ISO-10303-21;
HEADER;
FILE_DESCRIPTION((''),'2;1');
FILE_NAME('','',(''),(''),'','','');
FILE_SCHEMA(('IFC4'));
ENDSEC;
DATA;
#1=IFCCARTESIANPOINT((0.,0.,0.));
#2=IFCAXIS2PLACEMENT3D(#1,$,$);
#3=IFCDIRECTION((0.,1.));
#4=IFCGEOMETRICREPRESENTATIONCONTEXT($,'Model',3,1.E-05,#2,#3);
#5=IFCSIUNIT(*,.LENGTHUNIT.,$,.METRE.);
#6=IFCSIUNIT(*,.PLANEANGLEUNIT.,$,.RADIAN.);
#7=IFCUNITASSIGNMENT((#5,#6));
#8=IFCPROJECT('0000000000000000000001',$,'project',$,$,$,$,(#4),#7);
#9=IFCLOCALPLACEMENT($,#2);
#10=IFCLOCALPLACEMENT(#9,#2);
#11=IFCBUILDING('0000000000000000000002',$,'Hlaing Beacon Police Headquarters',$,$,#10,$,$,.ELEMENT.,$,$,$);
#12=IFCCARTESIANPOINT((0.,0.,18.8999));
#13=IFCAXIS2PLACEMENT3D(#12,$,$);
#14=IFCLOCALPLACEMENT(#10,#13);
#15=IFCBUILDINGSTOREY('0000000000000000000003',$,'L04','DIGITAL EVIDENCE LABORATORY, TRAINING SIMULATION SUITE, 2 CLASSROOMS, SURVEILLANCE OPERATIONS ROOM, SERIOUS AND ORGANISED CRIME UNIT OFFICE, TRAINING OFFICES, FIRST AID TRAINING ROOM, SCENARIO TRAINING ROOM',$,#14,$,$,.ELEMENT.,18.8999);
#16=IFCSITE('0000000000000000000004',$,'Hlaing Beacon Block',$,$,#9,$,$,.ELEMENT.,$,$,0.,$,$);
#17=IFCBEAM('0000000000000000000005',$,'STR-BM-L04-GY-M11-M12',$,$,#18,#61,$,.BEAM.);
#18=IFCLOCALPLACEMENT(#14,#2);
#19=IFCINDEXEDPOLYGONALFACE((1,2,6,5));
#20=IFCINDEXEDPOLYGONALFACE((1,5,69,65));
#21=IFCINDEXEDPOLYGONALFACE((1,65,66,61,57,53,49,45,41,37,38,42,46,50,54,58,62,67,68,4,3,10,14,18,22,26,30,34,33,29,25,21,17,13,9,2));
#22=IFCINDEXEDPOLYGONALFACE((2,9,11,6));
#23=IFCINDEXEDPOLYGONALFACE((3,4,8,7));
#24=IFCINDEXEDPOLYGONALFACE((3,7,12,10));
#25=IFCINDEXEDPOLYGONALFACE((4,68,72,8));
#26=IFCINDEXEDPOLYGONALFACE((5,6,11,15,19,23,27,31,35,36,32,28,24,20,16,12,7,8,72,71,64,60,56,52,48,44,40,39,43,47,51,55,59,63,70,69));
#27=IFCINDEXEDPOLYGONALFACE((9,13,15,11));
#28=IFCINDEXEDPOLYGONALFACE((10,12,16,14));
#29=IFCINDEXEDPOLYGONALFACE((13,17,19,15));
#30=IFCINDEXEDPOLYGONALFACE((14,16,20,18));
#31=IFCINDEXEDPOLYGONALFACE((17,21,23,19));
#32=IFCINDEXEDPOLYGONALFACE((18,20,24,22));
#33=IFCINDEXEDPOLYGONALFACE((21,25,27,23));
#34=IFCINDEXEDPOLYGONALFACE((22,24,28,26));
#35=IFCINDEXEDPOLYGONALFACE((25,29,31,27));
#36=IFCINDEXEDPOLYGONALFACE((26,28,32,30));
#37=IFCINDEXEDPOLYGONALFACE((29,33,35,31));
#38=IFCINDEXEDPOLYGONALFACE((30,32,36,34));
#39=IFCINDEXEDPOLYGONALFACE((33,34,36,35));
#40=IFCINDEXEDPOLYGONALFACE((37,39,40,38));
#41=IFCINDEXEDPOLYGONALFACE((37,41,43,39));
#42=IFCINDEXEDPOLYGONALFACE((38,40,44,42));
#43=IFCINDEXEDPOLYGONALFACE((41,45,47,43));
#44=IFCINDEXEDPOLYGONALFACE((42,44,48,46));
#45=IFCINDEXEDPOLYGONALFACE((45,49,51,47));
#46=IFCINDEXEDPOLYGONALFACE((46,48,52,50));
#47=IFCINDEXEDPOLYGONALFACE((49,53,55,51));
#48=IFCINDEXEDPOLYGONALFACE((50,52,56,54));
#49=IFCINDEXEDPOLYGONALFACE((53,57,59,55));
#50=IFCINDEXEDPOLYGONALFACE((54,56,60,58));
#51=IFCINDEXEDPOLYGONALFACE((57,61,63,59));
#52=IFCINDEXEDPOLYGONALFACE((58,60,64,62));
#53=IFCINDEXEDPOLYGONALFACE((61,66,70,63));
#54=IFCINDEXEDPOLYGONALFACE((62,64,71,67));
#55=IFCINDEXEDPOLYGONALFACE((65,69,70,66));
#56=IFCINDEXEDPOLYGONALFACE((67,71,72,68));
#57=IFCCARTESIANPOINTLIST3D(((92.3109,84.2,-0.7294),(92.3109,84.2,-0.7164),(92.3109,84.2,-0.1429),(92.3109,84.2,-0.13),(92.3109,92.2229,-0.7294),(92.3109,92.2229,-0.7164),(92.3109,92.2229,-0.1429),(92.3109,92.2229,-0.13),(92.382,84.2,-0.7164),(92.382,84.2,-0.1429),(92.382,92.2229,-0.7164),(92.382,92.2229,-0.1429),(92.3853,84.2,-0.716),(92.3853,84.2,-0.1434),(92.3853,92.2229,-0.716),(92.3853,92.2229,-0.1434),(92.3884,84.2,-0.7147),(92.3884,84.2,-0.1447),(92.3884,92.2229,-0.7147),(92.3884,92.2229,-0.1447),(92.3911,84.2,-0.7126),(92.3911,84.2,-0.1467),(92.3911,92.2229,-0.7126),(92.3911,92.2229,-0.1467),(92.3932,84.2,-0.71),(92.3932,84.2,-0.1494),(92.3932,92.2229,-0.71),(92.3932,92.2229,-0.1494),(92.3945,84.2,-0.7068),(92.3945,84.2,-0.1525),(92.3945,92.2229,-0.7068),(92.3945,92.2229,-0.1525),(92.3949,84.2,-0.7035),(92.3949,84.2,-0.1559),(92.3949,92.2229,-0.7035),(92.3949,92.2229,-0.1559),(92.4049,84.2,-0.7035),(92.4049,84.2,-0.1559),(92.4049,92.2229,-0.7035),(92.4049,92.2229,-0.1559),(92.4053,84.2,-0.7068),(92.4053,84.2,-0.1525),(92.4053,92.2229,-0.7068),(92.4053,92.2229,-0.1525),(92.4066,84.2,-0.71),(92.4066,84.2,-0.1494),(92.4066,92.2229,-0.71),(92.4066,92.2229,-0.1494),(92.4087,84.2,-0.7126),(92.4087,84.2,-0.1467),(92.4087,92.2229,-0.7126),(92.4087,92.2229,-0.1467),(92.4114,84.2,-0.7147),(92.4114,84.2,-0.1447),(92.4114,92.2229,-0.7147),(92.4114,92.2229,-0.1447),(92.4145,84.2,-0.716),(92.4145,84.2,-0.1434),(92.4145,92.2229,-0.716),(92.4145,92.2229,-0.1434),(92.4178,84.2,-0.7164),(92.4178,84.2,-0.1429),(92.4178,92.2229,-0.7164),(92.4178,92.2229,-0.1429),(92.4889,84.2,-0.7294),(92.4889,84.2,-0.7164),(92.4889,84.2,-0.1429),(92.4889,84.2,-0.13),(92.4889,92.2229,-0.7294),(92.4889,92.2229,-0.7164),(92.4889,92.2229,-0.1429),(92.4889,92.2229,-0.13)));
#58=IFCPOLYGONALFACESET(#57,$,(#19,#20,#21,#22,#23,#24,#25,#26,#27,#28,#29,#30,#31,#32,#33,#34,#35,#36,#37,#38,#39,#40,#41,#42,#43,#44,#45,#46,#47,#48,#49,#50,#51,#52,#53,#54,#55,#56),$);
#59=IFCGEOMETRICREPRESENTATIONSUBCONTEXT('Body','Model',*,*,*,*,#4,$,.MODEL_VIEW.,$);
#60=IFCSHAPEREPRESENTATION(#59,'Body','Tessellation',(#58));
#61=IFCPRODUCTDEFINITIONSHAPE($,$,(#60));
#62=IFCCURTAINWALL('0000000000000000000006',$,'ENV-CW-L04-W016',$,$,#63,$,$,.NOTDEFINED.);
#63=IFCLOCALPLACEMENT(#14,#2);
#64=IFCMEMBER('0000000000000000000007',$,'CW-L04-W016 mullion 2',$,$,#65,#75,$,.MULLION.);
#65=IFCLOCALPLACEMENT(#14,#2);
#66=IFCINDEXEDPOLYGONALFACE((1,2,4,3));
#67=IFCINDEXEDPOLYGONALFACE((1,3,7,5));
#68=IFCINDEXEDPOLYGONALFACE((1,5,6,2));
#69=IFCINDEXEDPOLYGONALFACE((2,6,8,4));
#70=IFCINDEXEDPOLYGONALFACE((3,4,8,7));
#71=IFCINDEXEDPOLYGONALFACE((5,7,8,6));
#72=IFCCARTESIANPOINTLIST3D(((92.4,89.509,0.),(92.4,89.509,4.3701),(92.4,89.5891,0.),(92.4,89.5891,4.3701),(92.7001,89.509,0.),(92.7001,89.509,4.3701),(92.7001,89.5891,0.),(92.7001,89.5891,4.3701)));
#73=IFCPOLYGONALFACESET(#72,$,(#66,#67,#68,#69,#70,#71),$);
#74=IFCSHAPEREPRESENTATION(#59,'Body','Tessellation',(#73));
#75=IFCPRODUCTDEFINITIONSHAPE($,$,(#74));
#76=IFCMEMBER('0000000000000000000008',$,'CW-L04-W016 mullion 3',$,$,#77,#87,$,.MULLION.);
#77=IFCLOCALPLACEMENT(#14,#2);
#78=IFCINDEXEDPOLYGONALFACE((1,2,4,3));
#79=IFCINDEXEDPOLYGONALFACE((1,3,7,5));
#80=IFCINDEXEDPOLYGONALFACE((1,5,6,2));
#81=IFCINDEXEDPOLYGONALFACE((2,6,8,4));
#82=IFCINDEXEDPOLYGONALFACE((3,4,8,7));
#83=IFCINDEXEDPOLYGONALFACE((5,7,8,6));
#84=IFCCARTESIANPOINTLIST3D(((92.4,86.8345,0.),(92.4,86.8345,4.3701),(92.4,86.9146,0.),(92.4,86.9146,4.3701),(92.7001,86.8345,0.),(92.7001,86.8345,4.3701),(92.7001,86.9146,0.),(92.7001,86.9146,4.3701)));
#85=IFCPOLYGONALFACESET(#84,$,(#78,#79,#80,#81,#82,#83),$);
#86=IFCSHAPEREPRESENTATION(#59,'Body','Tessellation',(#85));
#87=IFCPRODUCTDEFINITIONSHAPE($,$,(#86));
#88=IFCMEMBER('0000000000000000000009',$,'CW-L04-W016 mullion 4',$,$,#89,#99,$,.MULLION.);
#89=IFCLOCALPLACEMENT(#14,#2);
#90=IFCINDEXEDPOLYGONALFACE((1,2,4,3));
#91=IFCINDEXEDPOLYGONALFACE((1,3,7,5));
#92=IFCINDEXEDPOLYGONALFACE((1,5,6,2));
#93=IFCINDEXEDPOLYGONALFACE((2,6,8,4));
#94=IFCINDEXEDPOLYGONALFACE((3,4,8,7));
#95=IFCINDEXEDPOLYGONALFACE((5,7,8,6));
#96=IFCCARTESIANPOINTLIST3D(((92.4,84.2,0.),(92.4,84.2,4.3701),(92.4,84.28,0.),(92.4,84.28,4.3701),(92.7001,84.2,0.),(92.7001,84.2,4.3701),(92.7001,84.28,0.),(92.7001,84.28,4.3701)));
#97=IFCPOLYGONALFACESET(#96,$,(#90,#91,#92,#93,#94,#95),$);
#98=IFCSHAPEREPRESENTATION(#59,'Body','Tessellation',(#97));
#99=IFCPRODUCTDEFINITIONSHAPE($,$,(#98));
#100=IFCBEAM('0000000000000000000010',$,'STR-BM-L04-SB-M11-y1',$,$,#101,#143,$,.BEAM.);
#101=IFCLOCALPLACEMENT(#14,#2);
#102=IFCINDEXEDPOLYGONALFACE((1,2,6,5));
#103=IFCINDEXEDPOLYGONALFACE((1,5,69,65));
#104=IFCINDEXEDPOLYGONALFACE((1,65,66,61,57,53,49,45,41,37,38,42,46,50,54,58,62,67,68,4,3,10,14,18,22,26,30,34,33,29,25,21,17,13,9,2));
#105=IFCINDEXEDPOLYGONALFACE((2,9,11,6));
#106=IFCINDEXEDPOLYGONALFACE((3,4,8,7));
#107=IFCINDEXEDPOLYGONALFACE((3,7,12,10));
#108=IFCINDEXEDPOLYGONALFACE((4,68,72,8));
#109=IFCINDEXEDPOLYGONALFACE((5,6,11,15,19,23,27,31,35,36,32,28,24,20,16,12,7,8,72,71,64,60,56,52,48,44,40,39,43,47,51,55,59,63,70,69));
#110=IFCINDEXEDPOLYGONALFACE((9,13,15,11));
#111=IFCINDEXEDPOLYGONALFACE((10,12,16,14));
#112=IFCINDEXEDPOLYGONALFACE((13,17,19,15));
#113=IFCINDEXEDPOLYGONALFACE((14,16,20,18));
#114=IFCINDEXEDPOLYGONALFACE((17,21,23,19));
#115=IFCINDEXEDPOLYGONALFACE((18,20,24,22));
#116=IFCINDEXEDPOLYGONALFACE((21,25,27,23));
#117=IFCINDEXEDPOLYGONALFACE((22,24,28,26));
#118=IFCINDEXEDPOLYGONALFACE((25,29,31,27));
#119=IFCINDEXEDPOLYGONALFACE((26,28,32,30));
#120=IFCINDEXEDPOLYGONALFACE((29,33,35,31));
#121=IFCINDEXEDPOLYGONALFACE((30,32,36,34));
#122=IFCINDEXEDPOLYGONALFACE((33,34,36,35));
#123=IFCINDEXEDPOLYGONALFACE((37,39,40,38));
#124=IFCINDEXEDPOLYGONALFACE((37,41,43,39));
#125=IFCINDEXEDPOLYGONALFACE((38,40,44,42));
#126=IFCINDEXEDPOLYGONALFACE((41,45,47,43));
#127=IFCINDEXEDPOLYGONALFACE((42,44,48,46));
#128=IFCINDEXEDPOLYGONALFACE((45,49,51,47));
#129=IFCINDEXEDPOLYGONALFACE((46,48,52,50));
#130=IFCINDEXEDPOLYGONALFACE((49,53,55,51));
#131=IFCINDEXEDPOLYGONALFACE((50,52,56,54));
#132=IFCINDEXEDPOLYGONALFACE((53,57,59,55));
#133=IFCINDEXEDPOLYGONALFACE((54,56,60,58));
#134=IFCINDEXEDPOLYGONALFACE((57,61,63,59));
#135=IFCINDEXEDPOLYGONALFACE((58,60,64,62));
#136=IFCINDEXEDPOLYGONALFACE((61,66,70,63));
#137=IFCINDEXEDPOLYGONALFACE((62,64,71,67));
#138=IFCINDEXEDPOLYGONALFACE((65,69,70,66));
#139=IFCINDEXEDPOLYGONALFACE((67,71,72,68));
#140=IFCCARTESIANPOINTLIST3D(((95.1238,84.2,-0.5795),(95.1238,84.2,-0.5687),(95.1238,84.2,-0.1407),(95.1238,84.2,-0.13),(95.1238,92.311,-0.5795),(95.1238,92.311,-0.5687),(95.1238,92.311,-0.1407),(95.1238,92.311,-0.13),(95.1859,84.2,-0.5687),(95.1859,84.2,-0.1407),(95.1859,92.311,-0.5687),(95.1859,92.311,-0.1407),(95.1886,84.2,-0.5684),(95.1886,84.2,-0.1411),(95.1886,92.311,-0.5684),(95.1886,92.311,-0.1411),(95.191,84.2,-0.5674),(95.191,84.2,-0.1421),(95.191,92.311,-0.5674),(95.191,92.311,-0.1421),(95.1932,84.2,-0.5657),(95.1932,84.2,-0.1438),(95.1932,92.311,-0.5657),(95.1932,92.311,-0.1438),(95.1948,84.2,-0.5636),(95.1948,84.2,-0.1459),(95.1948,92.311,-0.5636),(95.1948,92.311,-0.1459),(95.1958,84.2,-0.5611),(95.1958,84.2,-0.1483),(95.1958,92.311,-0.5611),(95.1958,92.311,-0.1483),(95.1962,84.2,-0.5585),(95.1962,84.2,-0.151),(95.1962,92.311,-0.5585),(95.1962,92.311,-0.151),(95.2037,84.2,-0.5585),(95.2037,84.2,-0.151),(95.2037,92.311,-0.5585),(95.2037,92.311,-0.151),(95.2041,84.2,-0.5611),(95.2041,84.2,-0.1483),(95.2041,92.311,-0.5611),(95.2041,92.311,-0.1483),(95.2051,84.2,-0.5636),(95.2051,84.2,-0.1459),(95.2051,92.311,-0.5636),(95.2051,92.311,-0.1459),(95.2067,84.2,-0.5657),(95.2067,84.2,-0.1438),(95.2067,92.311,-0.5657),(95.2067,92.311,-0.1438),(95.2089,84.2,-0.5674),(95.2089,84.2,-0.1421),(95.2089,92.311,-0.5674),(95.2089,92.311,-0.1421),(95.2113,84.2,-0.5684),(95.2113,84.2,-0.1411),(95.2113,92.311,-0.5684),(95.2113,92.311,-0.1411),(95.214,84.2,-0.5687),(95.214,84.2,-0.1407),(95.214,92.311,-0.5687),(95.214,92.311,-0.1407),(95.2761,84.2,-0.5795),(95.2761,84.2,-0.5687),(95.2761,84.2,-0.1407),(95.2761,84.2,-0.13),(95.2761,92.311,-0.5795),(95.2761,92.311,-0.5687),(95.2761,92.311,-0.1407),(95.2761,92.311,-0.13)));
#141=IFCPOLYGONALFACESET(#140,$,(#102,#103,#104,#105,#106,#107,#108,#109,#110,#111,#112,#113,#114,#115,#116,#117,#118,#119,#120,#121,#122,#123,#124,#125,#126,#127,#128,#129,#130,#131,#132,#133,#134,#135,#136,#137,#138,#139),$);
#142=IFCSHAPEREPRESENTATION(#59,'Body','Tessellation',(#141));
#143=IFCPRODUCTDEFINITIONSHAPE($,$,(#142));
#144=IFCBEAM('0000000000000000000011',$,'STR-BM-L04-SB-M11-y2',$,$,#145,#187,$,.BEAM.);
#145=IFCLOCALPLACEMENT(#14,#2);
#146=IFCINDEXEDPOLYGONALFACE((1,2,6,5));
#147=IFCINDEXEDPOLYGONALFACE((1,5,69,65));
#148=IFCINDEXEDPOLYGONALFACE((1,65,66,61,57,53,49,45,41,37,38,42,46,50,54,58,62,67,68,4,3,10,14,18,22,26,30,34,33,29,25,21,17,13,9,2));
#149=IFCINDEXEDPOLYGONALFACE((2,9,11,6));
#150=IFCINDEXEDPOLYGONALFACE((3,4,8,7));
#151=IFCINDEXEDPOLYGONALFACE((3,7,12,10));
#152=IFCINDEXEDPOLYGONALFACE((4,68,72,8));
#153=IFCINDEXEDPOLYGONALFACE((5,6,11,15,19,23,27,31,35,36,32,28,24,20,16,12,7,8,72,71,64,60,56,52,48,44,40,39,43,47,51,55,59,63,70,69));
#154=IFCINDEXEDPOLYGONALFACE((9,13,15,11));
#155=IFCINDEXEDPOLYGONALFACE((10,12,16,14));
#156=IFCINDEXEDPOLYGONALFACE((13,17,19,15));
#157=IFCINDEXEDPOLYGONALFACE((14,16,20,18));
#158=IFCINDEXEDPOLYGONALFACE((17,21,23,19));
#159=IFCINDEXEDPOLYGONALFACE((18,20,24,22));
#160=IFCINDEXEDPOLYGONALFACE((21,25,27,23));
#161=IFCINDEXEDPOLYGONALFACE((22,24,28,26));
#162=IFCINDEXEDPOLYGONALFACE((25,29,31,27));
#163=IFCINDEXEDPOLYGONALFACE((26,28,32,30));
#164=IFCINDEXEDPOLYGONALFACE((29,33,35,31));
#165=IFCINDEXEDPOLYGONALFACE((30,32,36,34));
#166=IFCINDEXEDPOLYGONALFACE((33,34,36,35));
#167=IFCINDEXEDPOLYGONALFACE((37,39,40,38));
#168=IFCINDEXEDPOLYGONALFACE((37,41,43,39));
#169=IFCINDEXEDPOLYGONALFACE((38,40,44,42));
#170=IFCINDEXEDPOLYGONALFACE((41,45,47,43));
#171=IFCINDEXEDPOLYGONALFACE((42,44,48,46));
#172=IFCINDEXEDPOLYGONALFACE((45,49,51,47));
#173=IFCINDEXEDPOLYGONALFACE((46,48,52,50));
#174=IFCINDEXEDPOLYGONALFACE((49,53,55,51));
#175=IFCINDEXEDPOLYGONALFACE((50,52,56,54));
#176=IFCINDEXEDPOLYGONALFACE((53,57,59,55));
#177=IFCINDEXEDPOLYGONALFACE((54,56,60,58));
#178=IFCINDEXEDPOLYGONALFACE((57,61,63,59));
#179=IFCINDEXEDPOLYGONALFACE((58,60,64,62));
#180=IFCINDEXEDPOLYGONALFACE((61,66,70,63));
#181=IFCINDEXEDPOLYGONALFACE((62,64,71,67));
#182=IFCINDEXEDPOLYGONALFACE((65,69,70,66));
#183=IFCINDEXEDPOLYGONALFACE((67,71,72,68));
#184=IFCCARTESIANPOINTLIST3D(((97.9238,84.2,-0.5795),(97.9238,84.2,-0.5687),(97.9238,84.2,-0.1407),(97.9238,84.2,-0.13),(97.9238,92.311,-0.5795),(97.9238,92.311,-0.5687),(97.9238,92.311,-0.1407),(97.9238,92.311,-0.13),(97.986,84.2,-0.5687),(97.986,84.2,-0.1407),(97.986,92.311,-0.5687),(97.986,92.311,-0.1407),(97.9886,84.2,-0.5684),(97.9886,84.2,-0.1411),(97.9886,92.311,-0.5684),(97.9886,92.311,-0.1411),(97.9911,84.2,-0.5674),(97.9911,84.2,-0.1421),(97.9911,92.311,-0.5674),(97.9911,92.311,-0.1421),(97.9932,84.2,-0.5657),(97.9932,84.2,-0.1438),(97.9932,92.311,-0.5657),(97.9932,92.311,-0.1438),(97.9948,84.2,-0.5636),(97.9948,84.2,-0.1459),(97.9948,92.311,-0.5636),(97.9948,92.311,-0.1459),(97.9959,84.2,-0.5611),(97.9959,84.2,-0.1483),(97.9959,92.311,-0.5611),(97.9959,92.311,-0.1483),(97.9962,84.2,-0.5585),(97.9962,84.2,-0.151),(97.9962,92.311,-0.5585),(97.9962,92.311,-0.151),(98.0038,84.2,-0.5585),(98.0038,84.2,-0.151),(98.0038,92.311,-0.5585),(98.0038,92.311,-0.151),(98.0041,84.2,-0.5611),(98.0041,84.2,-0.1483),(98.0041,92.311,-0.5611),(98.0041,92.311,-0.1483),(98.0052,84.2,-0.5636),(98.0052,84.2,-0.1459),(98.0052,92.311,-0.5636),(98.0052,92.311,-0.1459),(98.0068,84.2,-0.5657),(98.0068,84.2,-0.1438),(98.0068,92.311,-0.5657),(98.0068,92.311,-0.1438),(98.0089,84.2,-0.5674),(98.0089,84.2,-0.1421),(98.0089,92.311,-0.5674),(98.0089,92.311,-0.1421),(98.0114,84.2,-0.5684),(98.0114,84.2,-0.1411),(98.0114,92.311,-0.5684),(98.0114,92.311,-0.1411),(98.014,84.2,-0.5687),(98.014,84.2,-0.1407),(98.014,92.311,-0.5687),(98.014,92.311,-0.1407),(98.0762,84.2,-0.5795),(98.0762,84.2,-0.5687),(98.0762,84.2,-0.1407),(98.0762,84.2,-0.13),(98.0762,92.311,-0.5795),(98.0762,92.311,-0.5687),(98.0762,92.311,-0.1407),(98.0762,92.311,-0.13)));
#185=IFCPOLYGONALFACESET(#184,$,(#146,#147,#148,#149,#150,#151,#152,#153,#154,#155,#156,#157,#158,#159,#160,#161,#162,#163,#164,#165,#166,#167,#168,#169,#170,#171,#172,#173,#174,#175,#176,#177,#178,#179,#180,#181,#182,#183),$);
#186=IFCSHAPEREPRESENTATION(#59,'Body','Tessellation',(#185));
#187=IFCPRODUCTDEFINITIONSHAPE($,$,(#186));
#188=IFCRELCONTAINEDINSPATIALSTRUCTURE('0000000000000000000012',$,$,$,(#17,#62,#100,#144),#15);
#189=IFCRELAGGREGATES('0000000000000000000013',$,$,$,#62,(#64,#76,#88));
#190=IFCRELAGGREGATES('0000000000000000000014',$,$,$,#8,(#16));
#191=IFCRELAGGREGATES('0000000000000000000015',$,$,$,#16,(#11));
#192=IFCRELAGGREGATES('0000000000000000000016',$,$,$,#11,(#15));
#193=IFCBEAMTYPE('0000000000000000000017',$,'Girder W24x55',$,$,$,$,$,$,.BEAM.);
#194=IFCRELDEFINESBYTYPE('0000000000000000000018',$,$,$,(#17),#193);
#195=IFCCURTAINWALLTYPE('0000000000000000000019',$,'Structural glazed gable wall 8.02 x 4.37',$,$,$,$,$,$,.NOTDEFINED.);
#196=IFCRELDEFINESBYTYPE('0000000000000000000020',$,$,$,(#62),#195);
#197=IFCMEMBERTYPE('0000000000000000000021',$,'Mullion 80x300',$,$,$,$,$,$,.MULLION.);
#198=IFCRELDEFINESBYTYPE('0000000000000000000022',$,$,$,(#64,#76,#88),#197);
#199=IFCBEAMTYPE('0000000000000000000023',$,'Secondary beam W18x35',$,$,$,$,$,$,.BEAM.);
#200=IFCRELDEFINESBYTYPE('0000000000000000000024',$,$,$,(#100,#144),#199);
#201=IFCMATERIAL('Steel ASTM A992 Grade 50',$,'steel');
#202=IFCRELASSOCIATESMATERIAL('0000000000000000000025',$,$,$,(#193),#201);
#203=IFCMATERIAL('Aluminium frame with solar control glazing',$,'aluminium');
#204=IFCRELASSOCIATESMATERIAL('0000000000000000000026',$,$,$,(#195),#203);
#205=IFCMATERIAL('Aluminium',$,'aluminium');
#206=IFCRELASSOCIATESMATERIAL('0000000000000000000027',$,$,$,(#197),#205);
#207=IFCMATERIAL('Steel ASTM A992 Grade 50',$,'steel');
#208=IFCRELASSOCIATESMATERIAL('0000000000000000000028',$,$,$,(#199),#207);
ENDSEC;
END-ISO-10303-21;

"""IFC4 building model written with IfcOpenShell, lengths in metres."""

from ifc_helpers import new_model, si_unit, direction, frame, origin, origin_2d, place, context, subcontext, project, spatial, rectangle, i_section, extrude, material, material_profile, profile_set, type_object, element, aggregate, save


model = new_model("IFC4")

# Units and contexts
model_context = context("Model", 3, precision=1e-05, world=origin(), true_north=direction((0.0, 1.0)))
body_context = subcontext(model_context, "Body", "Model", "MODEL_VIEW")
ifc_project = project(units=[si_unit("LENGTHUNIT", "METRE"), si_unit("PLANEANGLEUNIT", "RADIAN")], contexts=[model_context])

# Site, building, storey
site_placement = place(None, origin())
site = spatial("IfcSite", under=ifc_project, at=site_placement, Name="Hlaing Beacon Block", CompositionType="ELEMENT", RefElevation=0.0)
building_placement = place(site_placement, origin())
building = spatial("IfcBuilding", under=site, at=building_placement, Name="Hlaing Beacon Police Headquarters", CompositionType="ELEMENT")
storey_placement = place(building_placement, frame((0.0, 0.0, 18.8999)))
storey = spatial("IfcBuildingStorey", under=building, at=storey_placement, Name="L04", Description="DIGITAL EVIDENCE LABORATORY, TRAINING SIMULATION SUITE, 2 CLASSROOMS, SURVEILLANCE OPERATIONS ROOM, SERIOUS AND ORGANISED CRIME UNIT OFFICE, TRAINING OFFICES, FIRST AID TRAINING ROOM, SCENARIO TRAINING ROOM", CompositionType="ELEMENT", Elevation=18.8999)

# Beam
ifc_material_1 = material(Name="Steel ASTM A992 Grade 50", Category="steel")
ifc_material_profile_1 = material_profile(ifc_material_1, i_section(OverallWidth=0.178, OverallDepth=0.5994, WebThickness=0.01, FlangeThickness=0.0129, FilletRadius=0.0129, at=origin_2d()), Name="W24x55")
ifc_profile_set_1 = profile_set([ifc_material_profile_1], Name="Steel ASTM A992 Grade 50")
beam_type_1 = type_object("IfcBeamType", Name="Girder W24x55", PredefinedType="BEAM", material=ifc_profile_set_1)
beam_placement = place(storey_placement, frame((92.3999, 84.2, -0.4297), z_axis=(0.0, 1.0, 0.0), x_axis=(-1.0, 0.0, 0.0)))
element("IfcBeam", 1, at=beam_placement, inside=storey, type_object=beam_type_1, Name="STR-BM-L04-GY-M11-M12", PredefinedType="BEAM", context=body_context, shape_type="SweptSolid", body=[
    extrude(i_section(OverallWidth=0.178, OverallDepth=0.5994, WebThickness=0.01, FlangeThickness=0.0129, FilletRadius=0.0129, at=origin_2d()), origin(), (0.0, 0.0, 1.0), 8.0229),
])

# Curtain wall, members
ifc_material_2 = material(Name="Aluminium frame with solar control glazing", Category="aluminium")
curtain_wall_type = type_object("IfcCurtainWallType", Name="Structural glazed gable wall 8.02 x 4.37", PredefinedType="NOTDEFINED", material=ifc_material_2)
curtain_wall_placement = place(storey_placement, origin())
curtain_wall = element("IfcCurtainWall", 2, at=curtain_wall_placement, inside=storey, type_object=curtain_wall_type, Name="ENV-CW-L04-W016", PredefinedType="NOTDEFINED")
ifc_material_3 = material(Name="Aluminium", Category="aluminium")
ifc_material_profile_2 = material_profile(ifc_material_3, rectangle(XDim=0.3, YDim=0.0801, at=origin_2d()), Name="Mullion 80x300")
ifc_profile_set_2 = profile_set([ifc_material_profile_2], Name="Aluminium")
member_type_1 = type_object("IfcMemberType", Name="Mullion 80x300", PredefinedType="MULLION", material=ifc_profile_set_2)
member_1_placement = place(storey_placement, frame((92.55, 89.5491, 0.0), z_axis=(0.0, 0.0, 1.0), x_axis=(1.0, 0.0, 0.0)))
member_1 = element("IfcMember", 3, at=member_1_placement, type_object=member_type_1, Name="CW-L04-W016 mullion 2", PredefinedType="MULLION", context=body_context, shape_type="SweptSolid", body=[
    extrude(rectangle(XDim=0.3, YDim=0.0801, at=origin_2d()), origin(), (0.0, 0.0, 1.0), 4.3701),
])
member_2_placement = place(storey_placement, frame((92.55, 86.8745, 0.0), z_axis=(0.0, 0.0, 1.0), x_axis=(1.0, 0.0, 0.0)))
member_2 = element("IfcMember", 4, at=member_2_placement, type_object=member_type_1, Name="CW-L04-W016 mullion 3", PredefinedType="MULLION", context=body_context, shape_type="SweptSolid", body=[
    extrude(rectangle(XDim=0.3, YDim=0.0801, at=origin_2d()), origin(), (0.0, 0.0, 1.0), 4.3701),
])
member_3_placement = place(storey_placement, frame((92.55, 84.24, 0.0), z_axis=(0.0, 0.0, 1.0), x_axis=(1.0, 0.0, 0.0)))
member_3 = element("IfcMember", 5, at=member_3_placement, type_object=member_type_1, Name="CW-L04-W016 mullion 4", PredefinedType="MULLION", context=body_context, shape_type="SweptSolid", body=[
    extrude(rectangle(XDim=0.3, YDim=0.0801, at=origin_2d()), origin(), (0.0, 0.0, 1.0), 4.3701),
])

# Beams
ifc_material_4 = material(Name="Steel ASTM A992 Grade 50", Category="steel")
ifc_material_profile_3 = material_profile(ifc_material_4, i_section(OverallWidth=0.1523, OverallDepth=0.4495, WebThickness=0.0076, FlangeThickness=0.0107, FilletRadius=0.0103, at=origin_2d()), Name="W18x35")
ifc_profile_set_3 = profile_set([ifc_material_profile_3], Name="Steel ASTM A992 Grade 50")
beam_type_2 = type_object("IfcBeamType", Name="Secondary beam W18x35", PredefinedType="BEAM", material=ifc_profile_set_3)
for number, where, z_axis, x_axis, name in (
    (6, (95.2, 84.2, -0.3547), (0.0, 1.0, 0.0), (-1.0, 0.0, 0.0), "STR-BM-L04-SB-M11-y1"),
    (7, (98.0, 84.2, -0.3547), (0.0, 1.0, 0.0), (-1.0, 0.0, 0.0), "STR-BM-L04-SB-M11-y2"),
):
    element("IfcBeam", number, at=place(storey_placement, frame(where, z_axis=z_axis, x_axis=x_axis)), inside=storey, type_object=beam_type_2, Name=name, PredefinedType="BEAM", context=body_context, shape_type="SweptSolid", body=[
        extrude(i_section(OverallWidth=0.1523, OverallDepth=0.4495, WebThickness=0.0076, FlangeThickness=0.0107, FilletRadius=0.0103, at=origin_2d()), origin(), (0.0, 0.0, 1.0), 8.1111),
    ])

aggregate(curtain_wall, [member_1, member_2, member_3])

save(model, "model.ifc")
